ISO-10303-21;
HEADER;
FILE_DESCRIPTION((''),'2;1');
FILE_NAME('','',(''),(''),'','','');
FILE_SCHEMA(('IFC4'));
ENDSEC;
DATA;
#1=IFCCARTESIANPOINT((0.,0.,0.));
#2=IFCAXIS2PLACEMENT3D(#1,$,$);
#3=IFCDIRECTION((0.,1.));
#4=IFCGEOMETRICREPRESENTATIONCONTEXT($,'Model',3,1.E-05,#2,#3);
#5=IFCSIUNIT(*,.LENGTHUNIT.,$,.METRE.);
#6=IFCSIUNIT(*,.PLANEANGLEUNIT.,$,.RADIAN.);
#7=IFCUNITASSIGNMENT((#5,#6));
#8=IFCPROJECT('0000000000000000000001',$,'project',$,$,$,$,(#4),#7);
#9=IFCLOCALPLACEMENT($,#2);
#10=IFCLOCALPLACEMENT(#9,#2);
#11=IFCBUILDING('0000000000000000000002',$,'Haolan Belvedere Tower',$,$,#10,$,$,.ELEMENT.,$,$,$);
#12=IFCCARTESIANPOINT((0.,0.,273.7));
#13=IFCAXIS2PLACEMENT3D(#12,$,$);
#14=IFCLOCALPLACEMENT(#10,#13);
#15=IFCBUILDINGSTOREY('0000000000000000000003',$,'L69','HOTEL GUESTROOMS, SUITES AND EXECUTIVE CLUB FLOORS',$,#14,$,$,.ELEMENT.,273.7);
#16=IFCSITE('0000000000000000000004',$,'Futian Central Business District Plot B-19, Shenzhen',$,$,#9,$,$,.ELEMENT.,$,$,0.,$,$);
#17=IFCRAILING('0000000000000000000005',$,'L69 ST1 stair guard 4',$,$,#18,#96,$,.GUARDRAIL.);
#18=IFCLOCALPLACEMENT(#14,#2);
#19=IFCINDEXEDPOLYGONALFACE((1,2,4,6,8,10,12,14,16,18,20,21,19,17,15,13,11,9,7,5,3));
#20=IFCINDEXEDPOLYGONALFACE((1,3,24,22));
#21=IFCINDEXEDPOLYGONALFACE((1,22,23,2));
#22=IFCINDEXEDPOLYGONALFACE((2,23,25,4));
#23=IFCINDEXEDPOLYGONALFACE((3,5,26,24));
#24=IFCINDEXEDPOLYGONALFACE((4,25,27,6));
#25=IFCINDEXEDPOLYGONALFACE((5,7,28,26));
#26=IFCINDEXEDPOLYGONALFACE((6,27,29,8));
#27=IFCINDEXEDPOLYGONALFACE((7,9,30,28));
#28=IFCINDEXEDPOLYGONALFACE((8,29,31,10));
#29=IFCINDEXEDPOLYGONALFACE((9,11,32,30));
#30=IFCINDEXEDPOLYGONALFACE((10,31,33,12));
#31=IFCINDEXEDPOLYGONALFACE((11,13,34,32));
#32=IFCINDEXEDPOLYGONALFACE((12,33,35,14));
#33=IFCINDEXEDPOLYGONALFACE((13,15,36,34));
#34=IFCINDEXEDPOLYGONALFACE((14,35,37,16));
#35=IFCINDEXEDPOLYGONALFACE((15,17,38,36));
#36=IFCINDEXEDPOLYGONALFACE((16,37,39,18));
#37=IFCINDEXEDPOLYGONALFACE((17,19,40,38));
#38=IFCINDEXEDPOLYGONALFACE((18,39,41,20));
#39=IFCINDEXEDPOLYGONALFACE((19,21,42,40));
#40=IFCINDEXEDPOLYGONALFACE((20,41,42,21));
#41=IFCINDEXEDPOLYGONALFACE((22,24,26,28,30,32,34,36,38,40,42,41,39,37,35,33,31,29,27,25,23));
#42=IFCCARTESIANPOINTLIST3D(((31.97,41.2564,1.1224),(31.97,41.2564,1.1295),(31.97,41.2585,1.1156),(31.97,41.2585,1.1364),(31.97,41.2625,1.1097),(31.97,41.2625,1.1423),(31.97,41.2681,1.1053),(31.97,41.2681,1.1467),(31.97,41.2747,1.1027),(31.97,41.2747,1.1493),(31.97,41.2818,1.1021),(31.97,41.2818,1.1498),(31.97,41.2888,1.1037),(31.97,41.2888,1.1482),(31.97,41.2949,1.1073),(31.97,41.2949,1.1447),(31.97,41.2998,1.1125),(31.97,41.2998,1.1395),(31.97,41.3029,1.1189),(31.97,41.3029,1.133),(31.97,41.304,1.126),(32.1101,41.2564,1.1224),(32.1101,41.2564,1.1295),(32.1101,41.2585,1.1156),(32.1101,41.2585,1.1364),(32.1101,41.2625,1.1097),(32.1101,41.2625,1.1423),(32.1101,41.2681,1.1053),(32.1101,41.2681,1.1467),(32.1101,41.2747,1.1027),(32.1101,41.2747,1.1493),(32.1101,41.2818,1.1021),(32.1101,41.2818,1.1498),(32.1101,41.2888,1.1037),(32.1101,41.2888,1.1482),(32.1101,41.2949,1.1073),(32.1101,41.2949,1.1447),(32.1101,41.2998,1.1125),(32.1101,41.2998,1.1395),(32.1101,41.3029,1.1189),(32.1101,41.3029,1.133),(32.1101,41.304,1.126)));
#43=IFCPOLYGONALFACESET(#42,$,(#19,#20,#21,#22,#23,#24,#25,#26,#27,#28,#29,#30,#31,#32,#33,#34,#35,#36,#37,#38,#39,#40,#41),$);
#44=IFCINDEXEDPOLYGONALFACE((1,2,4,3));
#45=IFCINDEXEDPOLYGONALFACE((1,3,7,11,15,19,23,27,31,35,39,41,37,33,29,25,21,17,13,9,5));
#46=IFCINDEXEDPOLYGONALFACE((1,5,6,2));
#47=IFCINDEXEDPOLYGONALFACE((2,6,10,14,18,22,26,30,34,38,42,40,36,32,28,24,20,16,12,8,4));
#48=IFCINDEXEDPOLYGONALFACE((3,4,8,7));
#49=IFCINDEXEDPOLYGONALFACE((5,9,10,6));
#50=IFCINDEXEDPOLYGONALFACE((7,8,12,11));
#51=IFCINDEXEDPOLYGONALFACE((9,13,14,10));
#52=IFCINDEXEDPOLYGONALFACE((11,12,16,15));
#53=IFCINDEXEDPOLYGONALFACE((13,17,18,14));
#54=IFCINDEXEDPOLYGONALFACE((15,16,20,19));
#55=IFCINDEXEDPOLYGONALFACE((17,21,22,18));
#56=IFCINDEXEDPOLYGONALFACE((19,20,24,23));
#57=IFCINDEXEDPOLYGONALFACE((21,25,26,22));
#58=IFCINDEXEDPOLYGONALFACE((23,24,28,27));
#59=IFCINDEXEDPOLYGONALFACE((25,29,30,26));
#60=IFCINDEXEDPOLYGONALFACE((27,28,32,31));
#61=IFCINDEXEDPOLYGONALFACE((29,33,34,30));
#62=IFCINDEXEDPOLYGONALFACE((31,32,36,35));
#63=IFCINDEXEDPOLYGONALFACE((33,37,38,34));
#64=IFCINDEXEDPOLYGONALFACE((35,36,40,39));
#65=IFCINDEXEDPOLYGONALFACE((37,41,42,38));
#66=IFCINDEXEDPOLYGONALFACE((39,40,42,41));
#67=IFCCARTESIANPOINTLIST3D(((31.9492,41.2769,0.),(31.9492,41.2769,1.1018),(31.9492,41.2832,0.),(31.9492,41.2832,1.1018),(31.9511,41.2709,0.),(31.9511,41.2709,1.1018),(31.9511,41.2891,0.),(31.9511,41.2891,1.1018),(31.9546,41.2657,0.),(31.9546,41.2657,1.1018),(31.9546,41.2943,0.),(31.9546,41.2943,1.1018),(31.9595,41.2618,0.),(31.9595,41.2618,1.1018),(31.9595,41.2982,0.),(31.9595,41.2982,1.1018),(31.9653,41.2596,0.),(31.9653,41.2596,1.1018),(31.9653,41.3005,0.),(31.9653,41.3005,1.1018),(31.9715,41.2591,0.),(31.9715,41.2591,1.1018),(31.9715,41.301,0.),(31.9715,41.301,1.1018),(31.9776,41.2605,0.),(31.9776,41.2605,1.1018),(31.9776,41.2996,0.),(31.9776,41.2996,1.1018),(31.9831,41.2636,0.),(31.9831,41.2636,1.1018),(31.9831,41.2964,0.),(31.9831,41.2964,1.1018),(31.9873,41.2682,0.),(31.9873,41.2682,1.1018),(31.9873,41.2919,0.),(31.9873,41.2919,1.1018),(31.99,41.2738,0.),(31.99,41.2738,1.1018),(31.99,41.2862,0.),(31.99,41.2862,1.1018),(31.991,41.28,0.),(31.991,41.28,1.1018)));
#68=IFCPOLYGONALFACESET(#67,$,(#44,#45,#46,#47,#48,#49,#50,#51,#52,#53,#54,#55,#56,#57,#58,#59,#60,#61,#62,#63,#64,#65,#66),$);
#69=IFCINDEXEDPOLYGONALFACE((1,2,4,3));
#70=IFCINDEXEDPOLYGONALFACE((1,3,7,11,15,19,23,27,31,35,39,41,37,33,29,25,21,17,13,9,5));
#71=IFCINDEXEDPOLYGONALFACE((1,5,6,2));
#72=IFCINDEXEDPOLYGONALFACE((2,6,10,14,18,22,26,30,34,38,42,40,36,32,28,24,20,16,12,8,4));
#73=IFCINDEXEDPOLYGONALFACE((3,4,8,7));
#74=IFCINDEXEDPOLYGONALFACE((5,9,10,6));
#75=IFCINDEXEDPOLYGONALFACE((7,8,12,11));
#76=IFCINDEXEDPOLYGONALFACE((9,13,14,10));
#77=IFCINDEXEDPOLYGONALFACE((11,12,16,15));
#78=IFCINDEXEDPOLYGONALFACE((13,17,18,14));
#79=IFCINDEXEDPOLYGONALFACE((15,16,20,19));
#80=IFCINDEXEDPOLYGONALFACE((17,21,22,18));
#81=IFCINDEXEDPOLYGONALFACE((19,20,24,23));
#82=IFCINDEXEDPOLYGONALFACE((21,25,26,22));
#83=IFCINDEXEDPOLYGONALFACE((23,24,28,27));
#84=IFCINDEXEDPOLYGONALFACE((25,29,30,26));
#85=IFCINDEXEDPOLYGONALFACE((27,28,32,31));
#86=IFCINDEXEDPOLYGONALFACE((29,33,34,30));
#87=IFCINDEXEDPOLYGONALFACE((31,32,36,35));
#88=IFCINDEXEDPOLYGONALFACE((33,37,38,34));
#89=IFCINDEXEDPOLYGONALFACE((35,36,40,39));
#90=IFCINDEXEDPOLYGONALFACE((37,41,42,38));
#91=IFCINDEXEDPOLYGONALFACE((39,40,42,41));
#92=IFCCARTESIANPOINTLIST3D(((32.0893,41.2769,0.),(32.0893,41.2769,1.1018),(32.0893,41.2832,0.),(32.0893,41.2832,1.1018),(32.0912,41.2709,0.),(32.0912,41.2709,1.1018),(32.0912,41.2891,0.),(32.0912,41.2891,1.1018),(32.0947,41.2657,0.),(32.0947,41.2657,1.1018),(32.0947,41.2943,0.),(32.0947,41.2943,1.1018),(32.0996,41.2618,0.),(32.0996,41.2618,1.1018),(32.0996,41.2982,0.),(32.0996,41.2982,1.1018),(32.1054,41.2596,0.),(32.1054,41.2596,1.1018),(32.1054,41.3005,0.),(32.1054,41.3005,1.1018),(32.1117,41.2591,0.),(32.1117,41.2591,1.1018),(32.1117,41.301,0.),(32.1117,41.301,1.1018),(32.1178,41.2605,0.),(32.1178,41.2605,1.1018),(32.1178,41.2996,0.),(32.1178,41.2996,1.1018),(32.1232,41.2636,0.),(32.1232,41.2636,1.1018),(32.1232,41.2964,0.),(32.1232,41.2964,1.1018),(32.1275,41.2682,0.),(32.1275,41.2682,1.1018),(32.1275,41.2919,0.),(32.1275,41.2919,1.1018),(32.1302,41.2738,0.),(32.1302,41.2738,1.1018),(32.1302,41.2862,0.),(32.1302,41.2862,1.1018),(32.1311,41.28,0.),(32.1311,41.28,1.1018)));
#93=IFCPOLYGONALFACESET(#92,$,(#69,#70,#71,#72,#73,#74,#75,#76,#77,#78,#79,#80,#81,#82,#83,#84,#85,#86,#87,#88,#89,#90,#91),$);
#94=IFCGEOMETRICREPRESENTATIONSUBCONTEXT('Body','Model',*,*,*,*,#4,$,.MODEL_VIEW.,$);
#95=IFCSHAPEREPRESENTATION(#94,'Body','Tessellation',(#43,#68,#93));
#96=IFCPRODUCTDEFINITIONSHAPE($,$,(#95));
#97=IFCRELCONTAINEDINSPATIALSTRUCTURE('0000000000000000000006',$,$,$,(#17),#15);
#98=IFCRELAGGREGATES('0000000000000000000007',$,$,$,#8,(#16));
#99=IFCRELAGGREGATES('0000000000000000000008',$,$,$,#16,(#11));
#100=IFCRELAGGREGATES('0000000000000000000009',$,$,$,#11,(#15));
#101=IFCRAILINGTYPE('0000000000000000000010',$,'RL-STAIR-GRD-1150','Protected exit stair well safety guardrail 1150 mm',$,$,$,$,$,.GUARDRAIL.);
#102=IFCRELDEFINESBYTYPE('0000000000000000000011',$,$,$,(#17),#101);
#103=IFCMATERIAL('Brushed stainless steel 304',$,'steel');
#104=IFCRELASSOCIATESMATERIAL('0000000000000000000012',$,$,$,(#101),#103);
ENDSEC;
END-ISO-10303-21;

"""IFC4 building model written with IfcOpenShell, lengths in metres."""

from ifc_helpers import new_model, si_unit, direction, frame, origin, origin_2d, place, context, subcontext, project, spatial, circle, extrude, material, type_object, element, save


model = new_model("IFC4")

# Units and contexts
model_context = context("Model", 3, precision=1e-05, world=origin(), true_north=direction((0.0, 1.0)))
body_context = subcontext(model_context, "Body", "Model", "MODEL_VIEW")
ifc_project = project(units=[si_unit("LENGTHUNIT", "METRE"), si_unit("PLANEANGLEUNIT", "RADIAN")], contexts=[model_context])

# Site, building, storey
site_placement = place(None, origin())
site = spatial("IfcSite", under=ifc_project, at=site_placement, Name="Futian Central Business District Plot B-19, Shenzhen", CompositionType="ELEMENT", RefElevation=0.0)
building_placement = place(site_placement, origin())
building = spatial("IfcBuilding", under=site, at=building_placement, Name="Haolan Belvedere Tower", CompositionType="ELEMENT")
storey_placement = place(building_placement, frame((0.0, 0.0, 273.7)))
storey = spatial("IfcBuildingStorey", under=building, at=storey_placement, Name="L69", Description="HOTEL GUESTROOMS, SUITES AND EXECUTIVE CLUB FLOORS", CompositionType="ELEMENT", Elevation=273.7)

# Railing
ifc_material_1 = material(Name="Brushed stainless steel 304", Category="steel")
railing_type_1 = type_object("IfcRailingType", Name="RL-STAIR-GRD-1150", Description="Protected exit stair well safety guardrail 1150 mm", PredefinedType="GUARDRAIL", material=ifc_material_1)
railing_1_placement = place(storey_placement, frame((31.97, 41.28, 0.0)))
element("IfcRailing", 1, at=railing_1_placement, inside=storey, type_object=railing_type_1, Name="L69 ST1 stair guard 4", PredefinedType="GUARDRAIL", context=body_context, shape_type="SweptSolid", body=[
    extrude(circle(Radius=0.0239, at=origin_2d()), frame((0.0, 0.0, 1.126), z_axis=(1.0, 0.0, 0.0), x_axis=(0.0, 1.0, 0.0)), (0.0, 0.0, 1.0), 0.1401),
    extrude(circle(Radius=0.021, at=origin_2d()), origin(), (0.0, 0.0, 1.0), 1.1018),
    extrude(circle(Radius=0.021, at=origin_2d()), frame((0.1401, 0.0, 0.0)), (0.0, 0.0, 1.0), 1.1018),
])

save(model, "model.ifc")
